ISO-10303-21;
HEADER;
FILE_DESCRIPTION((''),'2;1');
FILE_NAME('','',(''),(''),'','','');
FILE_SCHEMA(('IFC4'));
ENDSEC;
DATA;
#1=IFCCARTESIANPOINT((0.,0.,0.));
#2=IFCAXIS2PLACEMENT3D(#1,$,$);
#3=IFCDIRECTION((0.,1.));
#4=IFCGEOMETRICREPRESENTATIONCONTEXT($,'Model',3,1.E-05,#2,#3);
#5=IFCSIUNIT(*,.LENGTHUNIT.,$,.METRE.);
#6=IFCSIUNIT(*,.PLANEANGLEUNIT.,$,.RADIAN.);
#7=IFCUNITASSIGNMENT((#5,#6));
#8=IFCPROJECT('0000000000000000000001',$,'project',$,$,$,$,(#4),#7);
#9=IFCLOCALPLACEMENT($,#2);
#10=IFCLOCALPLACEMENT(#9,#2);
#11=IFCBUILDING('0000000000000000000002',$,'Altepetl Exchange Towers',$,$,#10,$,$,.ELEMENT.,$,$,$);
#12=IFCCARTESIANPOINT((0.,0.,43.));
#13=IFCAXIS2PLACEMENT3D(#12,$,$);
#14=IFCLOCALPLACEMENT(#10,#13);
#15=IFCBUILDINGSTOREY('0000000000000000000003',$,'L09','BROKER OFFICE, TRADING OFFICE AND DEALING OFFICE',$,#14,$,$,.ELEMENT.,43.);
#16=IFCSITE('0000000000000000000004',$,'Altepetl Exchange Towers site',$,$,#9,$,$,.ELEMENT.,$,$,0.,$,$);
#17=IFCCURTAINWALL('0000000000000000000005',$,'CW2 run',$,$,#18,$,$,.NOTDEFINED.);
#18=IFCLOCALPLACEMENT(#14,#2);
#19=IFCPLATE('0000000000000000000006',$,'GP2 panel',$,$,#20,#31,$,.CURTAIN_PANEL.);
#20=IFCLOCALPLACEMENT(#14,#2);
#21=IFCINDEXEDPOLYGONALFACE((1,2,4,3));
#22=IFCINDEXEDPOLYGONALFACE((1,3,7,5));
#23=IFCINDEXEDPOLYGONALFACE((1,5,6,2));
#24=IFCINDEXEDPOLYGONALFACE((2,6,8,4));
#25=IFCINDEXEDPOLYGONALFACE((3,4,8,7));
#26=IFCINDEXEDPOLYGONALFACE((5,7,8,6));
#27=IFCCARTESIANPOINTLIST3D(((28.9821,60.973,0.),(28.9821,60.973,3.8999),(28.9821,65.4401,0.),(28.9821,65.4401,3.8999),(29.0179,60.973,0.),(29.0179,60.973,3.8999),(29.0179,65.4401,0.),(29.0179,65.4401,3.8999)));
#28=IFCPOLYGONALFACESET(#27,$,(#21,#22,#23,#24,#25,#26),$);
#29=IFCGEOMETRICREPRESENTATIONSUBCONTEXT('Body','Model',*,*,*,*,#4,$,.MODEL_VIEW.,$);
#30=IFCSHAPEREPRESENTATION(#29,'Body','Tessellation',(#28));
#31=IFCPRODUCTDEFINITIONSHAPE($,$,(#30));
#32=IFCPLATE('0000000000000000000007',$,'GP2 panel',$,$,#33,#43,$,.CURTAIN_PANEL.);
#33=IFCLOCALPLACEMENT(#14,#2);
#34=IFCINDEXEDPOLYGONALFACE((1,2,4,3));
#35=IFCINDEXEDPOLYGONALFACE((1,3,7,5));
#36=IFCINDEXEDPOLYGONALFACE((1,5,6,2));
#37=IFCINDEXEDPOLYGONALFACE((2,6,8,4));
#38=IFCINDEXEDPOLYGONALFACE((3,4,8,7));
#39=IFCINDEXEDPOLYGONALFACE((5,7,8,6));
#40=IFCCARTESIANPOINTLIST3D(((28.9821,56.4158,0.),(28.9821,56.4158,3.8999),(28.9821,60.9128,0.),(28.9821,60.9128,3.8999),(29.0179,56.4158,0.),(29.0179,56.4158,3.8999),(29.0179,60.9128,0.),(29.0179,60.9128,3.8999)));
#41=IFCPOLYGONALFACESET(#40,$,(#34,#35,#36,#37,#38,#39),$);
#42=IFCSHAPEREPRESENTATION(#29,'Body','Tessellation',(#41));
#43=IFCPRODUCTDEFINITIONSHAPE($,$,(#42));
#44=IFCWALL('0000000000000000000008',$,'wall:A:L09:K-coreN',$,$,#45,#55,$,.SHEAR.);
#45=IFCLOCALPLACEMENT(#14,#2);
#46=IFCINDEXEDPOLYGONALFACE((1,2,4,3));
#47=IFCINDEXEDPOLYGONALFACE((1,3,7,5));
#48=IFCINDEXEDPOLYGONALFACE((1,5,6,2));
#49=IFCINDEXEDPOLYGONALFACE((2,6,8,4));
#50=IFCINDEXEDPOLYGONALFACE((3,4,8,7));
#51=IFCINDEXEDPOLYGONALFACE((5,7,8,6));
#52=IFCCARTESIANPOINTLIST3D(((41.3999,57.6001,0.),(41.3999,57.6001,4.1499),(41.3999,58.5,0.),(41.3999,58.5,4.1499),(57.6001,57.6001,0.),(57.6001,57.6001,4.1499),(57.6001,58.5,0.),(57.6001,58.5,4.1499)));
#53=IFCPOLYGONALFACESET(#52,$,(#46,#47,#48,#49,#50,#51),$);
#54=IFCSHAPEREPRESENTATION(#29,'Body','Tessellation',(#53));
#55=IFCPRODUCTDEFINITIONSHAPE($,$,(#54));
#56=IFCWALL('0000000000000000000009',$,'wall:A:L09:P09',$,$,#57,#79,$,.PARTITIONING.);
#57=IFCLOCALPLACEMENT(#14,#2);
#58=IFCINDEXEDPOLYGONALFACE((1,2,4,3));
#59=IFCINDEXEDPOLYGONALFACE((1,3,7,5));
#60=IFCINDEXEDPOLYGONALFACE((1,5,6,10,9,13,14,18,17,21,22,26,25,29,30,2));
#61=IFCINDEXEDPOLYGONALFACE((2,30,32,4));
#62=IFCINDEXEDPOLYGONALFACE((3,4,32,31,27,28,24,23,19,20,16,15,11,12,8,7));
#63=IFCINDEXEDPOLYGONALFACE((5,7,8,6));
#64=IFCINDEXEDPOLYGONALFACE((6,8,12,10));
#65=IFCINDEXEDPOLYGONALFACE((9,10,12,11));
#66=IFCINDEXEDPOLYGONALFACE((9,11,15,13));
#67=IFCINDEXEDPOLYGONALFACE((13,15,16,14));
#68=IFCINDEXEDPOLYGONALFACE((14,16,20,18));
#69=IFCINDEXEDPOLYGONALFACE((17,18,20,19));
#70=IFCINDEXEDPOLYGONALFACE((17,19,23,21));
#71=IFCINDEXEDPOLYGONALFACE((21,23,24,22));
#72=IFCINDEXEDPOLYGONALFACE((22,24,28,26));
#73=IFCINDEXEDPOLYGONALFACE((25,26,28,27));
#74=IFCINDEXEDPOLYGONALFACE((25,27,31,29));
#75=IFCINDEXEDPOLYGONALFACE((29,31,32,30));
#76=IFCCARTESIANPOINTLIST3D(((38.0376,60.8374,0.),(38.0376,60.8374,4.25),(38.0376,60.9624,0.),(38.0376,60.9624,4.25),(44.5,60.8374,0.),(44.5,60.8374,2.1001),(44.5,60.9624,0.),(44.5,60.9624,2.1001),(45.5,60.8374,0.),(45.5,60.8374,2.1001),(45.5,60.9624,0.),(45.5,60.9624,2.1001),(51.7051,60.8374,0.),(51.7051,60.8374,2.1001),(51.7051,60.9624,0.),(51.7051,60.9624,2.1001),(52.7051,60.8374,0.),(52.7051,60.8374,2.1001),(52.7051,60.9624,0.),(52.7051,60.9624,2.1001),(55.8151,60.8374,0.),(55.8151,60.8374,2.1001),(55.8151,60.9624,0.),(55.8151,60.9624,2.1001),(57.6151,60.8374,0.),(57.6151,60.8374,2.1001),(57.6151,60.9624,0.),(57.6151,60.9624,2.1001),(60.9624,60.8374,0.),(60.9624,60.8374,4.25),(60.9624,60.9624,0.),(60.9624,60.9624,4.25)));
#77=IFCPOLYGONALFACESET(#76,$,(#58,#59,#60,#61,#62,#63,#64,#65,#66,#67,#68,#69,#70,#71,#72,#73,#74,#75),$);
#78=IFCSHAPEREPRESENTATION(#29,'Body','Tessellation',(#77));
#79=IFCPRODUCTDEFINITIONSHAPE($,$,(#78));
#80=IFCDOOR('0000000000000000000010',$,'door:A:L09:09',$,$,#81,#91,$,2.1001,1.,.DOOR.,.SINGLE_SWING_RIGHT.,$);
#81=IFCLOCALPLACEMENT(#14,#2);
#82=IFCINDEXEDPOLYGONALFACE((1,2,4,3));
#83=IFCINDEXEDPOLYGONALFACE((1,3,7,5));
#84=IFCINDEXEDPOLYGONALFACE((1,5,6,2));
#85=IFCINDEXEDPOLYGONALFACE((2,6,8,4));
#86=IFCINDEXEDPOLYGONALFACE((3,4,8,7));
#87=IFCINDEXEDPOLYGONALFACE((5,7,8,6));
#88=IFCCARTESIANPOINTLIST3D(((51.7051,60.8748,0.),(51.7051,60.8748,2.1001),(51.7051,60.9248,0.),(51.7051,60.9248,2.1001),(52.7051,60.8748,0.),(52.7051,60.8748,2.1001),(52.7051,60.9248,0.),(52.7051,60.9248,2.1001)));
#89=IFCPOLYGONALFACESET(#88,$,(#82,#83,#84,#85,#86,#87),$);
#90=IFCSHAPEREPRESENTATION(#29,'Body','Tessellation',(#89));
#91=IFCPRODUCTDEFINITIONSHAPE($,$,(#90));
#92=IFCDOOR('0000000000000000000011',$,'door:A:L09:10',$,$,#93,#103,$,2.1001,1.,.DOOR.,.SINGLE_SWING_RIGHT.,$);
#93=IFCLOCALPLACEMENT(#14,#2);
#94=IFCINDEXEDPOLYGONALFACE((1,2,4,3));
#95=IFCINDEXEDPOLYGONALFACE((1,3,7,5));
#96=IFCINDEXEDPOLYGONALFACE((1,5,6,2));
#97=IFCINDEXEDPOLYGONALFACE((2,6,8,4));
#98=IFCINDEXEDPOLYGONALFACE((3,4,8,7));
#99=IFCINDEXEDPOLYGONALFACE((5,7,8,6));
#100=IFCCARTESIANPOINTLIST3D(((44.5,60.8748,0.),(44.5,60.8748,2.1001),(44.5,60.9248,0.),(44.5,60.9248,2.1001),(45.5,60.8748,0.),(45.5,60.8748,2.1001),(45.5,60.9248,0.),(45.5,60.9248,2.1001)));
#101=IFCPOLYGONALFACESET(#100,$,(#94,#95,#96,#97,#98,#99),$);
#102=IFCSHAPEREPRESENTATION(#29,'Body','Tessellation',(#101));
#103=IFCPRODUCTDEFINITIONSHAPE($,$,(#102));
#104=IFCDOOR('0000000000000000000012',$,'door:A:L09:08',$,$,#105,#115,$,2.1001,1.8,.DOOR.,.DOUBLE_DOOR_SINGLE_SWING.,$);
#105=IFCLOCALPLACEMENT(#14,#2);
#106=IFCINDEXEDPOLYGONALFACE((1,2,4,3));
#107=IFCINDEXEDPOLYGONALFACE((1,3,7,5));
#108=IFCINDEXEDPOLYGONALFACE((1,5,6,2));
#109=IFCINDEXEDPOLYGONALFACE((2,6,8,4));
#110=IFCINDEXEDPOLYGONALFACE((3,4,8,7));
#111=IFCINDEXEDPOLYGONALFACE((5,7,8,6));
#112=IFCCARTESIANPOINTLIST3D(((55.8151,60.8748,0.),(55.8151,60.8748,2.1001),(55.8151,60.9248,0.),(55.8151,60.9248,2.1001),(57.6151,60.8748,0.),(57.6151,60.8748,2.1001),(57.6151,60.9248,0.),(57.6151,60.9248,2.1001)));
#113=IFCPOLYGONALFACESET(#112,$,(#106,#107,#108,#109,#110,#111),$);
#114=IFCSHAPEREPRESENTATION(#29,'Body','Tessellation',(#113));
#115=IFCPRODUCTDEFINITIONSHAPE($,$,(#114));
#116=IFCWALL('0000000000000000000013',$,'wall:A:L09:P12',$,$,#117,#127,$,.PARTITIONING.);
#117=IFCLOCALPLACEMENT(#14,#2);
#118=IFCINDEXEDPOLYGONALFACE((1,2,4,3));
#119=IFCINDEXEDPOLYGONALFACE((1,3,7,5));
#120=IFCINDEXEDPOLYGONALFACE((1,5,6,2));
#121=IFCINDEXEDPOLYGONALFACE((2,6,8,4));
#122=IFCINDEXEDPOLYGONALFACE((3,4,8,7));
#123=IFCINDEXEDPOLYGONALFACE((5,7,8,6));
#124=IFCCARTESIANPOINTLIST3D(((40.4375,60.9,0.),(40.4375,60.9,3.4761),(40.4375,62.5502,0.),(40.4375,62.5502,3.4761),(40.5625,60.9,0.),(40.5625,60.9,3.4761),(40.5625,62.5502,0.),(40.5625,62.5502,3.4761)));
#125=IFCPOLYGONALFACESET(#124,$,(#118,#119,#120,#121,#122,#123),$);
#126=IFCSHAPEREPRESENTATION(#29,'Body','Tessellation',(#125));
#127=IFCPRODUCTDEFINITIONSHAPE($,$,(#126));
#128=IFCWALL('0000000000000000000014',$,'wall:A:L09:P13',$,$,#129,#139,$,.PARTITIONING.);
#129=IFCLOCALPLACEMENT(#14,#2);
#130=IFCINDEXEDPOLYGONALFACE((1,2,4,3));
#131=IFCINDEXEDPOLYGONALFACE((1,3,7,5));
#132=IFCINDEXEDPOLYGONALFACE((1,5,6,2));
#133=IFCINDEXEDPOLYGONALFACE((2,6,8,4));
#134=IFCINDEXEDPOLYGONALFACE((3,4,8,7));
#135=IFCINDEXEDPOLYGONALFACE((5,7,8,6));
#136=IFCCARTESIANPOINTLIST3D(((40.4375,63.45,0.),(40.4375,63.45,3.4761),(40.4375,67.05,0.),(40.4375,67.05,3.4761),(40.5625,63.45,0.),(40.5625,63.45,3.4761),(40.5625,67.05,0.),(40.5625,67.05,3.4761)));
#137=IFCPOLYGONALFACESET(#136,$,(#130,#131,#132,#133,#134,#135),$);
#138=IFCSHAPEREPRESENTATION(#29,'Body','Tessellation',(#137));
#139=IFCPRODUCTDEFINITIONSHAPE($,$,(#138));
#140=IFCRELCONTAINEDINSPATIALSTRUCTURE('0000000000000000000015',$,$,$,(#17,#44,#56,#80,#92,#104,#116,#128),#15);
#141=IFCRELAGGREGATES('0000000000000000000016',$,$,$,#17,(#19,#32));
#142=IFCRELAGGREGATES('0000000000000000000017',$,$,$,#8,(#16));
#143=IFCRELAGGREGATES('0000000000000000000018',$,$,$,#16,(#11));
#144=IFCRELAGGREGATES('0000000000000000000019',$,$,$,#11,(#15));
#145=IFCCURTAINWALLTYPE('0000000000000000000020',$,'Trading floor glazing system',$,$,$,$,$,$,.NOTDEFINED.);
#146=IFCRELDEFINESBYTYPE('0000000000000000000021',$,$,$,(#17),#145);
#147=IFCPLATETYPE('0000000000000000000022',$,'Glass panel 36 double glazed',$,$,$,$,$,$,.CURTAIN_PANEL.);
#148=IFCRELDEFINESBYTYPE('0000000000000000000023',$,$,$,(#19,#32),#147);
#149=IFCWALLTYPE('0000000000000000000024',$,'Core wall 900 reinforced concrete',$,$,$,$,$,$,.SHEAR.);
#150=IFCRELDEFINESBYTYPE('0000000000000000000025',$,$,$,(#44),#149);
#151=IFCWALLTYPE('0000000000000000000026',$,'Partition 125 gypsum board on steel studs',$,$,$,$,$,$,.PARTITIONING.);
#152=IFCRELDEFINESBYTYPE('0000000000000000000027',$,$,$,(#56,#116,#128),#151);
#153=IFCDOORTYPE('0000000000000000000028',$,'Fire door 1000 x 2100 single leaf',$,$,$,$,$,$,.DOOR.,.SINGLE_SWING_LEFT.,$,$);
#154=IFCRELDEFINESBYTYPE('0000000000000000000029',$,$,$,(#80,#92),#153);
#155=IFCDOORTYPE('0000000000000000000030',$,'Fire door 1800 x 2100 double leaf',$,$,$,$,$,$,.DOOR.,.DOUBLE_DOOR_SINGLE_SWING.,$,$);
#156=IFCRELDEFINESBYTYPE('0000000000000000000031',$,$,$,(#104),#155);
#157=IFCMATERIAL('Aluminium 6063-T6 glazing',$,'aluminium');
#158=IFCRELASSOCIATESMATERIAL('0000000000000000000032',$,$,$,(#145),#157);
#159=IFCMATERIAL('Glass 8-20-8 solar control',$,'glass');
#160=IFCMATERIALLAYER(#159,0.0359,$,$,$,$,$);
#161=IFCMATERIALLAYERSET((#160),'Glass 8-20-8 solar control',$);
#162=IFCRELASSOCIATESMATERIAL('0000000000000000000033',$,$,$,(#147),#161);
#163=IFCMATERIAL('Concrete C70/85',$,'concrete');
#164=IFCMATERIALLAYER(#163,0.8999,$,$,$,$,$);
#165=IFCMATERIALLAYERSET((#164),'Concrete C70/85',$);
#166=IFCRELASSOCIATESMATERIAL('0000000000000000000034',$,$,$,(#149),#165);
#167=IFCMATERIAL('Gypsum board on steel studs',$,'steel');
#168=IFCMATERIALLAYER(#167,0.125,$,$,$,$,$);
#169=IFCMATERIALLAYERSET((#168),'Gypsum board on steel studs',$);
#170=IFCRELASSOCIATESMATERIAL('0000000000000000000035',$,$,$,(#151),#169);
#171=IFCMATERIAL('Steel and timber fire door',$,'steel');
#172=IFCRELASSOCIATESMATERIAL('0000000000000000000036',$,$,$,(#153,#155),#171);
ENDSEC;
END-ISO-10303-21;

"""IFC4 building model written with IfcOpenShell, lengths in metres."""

from ifc_helpers import new_model, si_unit, direction, frame, frame_2d, origin, origin_2d, place, context, subcontext, project, spatial, rectangle, extrude, material, layer, layer_set, type_object, element, fill, aggregate, save


model = new_model("IFC4")

# Units and contexts
model_context = context("Model", 3, precision=1e-05, world=origin(), true_north=direction((0.0, 1.0)))
body_context = subcontext(model_context, "Body", "Model", "MODEL_VIEW")
ifc_project = project(units=[si_unit("LENGTHUNIT", "METRE"), si_unit("PLANEANGLEUNIT", "RADIAN")], contexts=[model_context])

# Site, building, storey
site_placement = place(None, origin())
site = spatial("IfcSite", under=ifc_project, at=site_placement, Name="Altepetl Exchange Towers site", CompositionType="ELEMENT", RefElevation=0.0)
building_placement = place(site_placement, origin())
building = spatial("IfcBuilding", under=site, at=building_placement, Name="Altepetl Exchange Towers", CompositionType="ELEMENT")
storey_placement = place(building_placement, frame((0.0, 0.0, 43.0)))
storey = spatial("IfcBuildingStorey", under=building, at=storey_placement, Name="L09", Description="BROKER OFFICE, TRADING OFFICE AND DEALING OFFICE", CompositionType="ELEMENT", Elevation=43.0)

# Shared definitions
ifc_material_1 = material(Name="Concrete C70/85", Category="concrete")

# Curtain wall
ifc_material_2 = material(Name="Aluminium 6063-T6 glazing", Category="aluminium")
curtain_wall_type = type_object("IfcCurtainWallType", Name="Trading floor glazing system", PredefinedType="NOTDEFINED", material=ifc_material_2)
curtain_wall_placement = place(storey_placement, origin())
curtain_wall = element("IfcCurtainWall", 1, at=curtain_wall_placement, inside=storey, type_object=curtain_wall_type, Name="CW2 run", PredefinedType="NOTDEFINED")

# Plates
ifc_material_3 = material(Name="Glass 8-20-8 solar control", Category="glass")
ifc_layer_1 = layer(ifc_material_3, 0.0359)
ifc_layer_set_1 = layer_set([ifc_layer_1], Name="Glass 8-20-8 solar control")
plate_type = type_object("IfcPlateType", Name="Glass panel 36 double glazed", PredefinedType="CURTAIN_PANEL", material=ifc_layer_set_1)
plate_1_placement = place(storey_placement, frame((29.0, 63.2065, 0.0), z_axis=(0.0, 0.0, 1.0), x_axis=(0.0, -1.0, 0.0)))
plate_1 = element("IfcPlate", 2, at=plate_1_placement, type_object=plate_type, Name="GP2 panel", PredefinedType="CURTAIN_PANEL", context=body_context, shape_type="SweptSolid", body=[
    extrude(rectangle(XDim=4.467, YDim=0.0359, at=origin_2d()), origin(), (0.0, 0.0, 1.0), 3.8999),
])
plate_2_placement = place(storey_placement, frame((29.0, 58.6643, 0.0), z_axis=(0.0, 0.0, 1.0), x_axis=(0.0, -1.0, 0.0)))
plate_2 = element("IfcPlate", 3, at=plate_2_placement, type_object=plate_type, Name="GP2 panel", PredefinedType="CURTAIN_PANEL", context=body_context, shape_type="SweptSolid", body=[
    extrude(rectangle(XDim=4.4971, YDim=0.0359, at=origin_2d()), origin(), (0.0, 0.0, 1.0), 3.8999),
])
aggregate(curtain_wall, [plate_1, plate_2])

# Wall
ifc_layer_2 = layer(ifc_material_1, 0.8999)
ifc_layer_set_2 = layer_set([ifc_layer_2], Name="Concrete C70/85")
wall_type_1 = type_object("IfcWallType", Name="Core wall 900 reinforced concrete", PredefinedType="SHEAR", material=ifc_layer_set_2)
wall_1_placement = place(storey_placement, frame((41.3999, 58.05, 0.0)))
element("IfcWall", 4, at=wall_1_placement, inside=storey, type_object=wall_type_1, Name="wall:A:L09:K-coreN", PredefinedType="SHEAR", context=body_context, shape_type="SweptSolid", body=[
    extrude(rectangle(XDim=16.2002, YDim=0.8999, at=frame_2d((8.1001, 0.0))), origin(), (0.0, 0.0, 1.0), 4.1499),
])

# Wall, openings, doors
ifc_material_4 = material(Name="Gypsum board on steel studs", Category="steel")
ifc_layer_3 = layer(ifc_material_4, 0.125)
ifc_layer_set_3 = layer_set([ifc_layer_3], Name="Gypsum board on steel studs")
wall_type_2 = type_object("IfcWallType", Name="Partition 125 gypsum board on steel studs", PredefinedType="PARTITIONING", material=ifc_layer_set_3)
wall_2_placement = place(storey_placement, frame((38.0376, 60.8999, 0.0)))
wall_2 = element("IfcWall", 5, at=wall_2_placement, inside=storey, type_object=wall_type_2, Name="wall:A:L09:P09", PredefinedType="PARTITIONING", context=body_context, shape_type="SweptSolid", body=[
    extrude(rectangle(XDim=22.9248, YDim=0.125, at=frame_2d((11.4624, 0.0))), origin(), (0.0, 0.0, 1.0), 4.25),
])
opening_1_placement = place(wall_2_placement, frame((17.7776, 0.0, 0.0)))
opening_1 = element("IfcOpeningElement", 6, at=opening_1_placement, cuts=wall_2, PredefinedType="OPENING", context=body_context, shape_type="SweptSolid", body=[
    extrude(rectangle(XDim=1.8, YDim=2.1001, at=frame_2d((0.8999, 1.05))), frame((0.0, 0.0725, 0.0), z_axis=(0.0, -1.0, 0.0), x_axis=(1.0, 0.0, 0.0)), (0.0, 0.0, 1.0), 0.145),
])
opening_2_placement = place(wall_2_placement, frame((13.6675, 0.0, 0.0)))
opening_2 = element("IfcOpeningElement", 7, at=opening_2_placement, cuts=wall_2, PredefinedType="OPENING", context=body_context, shape_type="SweptSolid", body=[
    extrude(rectangle(XDim=1.0, YDim=2.1001, at=frame_2d((0.5, 1.05))), frame((0.0, 0.0725, 0.0), z_axis=(0.0, -1.0, 0.0), x_axis=(1.0, 0.0, 0.0)), (0.0, 0.0, 1.0), 0.145),
])
opening_3_placement = place(wall_2_placement, frame((6.4624, 0.0, 0.0)))
opening_3 = element("IfcOpeningElement", 8, at=opening_3_placement, cuts=wall_2, PredefinedType="OPENING", context=body_context, shape_type="SweptSolid", body=[
    extrude(rectangle(XDim=1.0, YDim=2.1001, at=frame_2d((0.5, 1.05))), frame((0.0, 0.0725, 0.0), z_axis=(0.0, -1.0, 0.0), x_axis=(1.0, 0.0, 0.0)), (0.0, 0.0, 1.0), 0.145),
])
ifc_material_5 = material(Name="Steel and timber fire door", Category="steel")
door_type_1 = type_object("IfcDoorType", Name="Fire door 1000 x 2100 single leaf", OperationType="SINGLE_SWING_LEFT", PredefinedType="DOOR", material=ifc_material_5)
door_1_placement = place(opening_2_placement, origin())
door_1 = element("IfcDoor", 9, at=door_1_placement, inside=storey, type_object=door_type_1, Name="door:A:L09:09", OperationType="SINGLE_SWING_RIGHT", OverallHeight=2.1001, OverallWidth=1.0, PredefinedType="DOOR", context=body_context, shape_type="SweptSolid", body=[
    extrude(rectangle(XDim=1.0, YDim=2.1001, at=frame_2d((0.5, 1.05))), frame((0.0, 0.0249, 0.0), z_axis=(0.0, -1.0, 0.0), x_axis=(1.0, 0.0, 0.0)), (0.0, 0.0, 1.0), 0.05),
])
fill(opening_2, door_1)
door_2_placement = place(opening_3_placement, origin())
door_2 = element("IfcDoor", 10, at=door_2_placement, inside=storey, type_object=door_type_1, Name="door:A:L09:10", OperationType="SINGLE_SWING_RIGHT", OverallHeight=2.1001, OverallWidth=1.0, PredefinedType="DOOR", context=body_context, shape_type="SweptSolid", body=[
    extrude(rectangle(XDim=1.0, YDim=2.1001, at=frame_2d((0.5, 1.05))), frame((0.0, 0.0249, 0.0), z_axis=(0.0, -1.0, 0.0), x_axis=(1.0, 0.0, 0.0)), (0.0, 0.0, 1.0), 0.05),
])
fill(opening_3, door_2)
door_type_2 = type_object("IfcDoorType", Name="Fire door 1800 x 2100 double leaf", OperationType="DOUBLE_DOOR_SINGLE_SWING", PredefinedType="DOOR", material=ifc_material_5)
door_3_placement = place(opening_1_placement, origin())
door_3 = element("IfcDoor", 11, at=door_3_placement, inside=storey, type_object=door_type_2, Name="door:A:L09:08", OperationType="DOUBLE_DOOR_SINGLE_SWING", OverallHeight=2.1001, OverallWidth=1.8, PredefinedType="DOOR", context=body_context, shape_type="SweptSolid", body=[
    extrude(rectangle(XDim=1.8, YDim=2.1001, at=frame_2d((0.8999, 1.05))), frame((0.0, 0.0249, 0.0), z_axis=(0.0, -1.0, 0.0), x_axis=(1.0, 0.0, 0.0)), (0.0, 0.0, 1.0), 0.05),
])
fill(opening_1, door_3)

# Walls
wall_3_placement = place(storey_placement, frame((40.5, 60.8999, 0.0), z_axis=(0.0, 0.0, 1.0), x_axis=(0.0, 1.0, 0.0)))
element("IfcWall", 12, at=wall_3_placement, inside=storey, type_object=wall_type_2, Name="wall:A:L09:P12", PredefinedType="PARTITIONING", context=body_context, shape_type="SweptSolid", body=[
    extrude(rectangle(XDim=1.6501, YDim=0.125, at=frame_2d((0.8252, 0.0))), origin(), (0.0, 0.0, 1.0), 3.4761),
])
wall_4_placement = place(storey_placement, frame((40.5, 63.45, 0.0), z_axis=(0.0, 0.0, 1.0), x_axis=(0.0, 1.0, 0.0)))
element("IfcWall", 13, at=wall_4_placement, inside=storey, type_object=wall_type_2, Name="wall:A:L09:P13", PredefinedType="PARTITIONING", context=body_context, shape_type="SweptSolid", body=[
    extrude(rectangle(XDim=3.6001, YDim=0.125, at=frame_2d((1.8, 0.0))), origin(), (0.0, 0.0, 1.0), 3.4761),
])

save(model, "model.ifc")
